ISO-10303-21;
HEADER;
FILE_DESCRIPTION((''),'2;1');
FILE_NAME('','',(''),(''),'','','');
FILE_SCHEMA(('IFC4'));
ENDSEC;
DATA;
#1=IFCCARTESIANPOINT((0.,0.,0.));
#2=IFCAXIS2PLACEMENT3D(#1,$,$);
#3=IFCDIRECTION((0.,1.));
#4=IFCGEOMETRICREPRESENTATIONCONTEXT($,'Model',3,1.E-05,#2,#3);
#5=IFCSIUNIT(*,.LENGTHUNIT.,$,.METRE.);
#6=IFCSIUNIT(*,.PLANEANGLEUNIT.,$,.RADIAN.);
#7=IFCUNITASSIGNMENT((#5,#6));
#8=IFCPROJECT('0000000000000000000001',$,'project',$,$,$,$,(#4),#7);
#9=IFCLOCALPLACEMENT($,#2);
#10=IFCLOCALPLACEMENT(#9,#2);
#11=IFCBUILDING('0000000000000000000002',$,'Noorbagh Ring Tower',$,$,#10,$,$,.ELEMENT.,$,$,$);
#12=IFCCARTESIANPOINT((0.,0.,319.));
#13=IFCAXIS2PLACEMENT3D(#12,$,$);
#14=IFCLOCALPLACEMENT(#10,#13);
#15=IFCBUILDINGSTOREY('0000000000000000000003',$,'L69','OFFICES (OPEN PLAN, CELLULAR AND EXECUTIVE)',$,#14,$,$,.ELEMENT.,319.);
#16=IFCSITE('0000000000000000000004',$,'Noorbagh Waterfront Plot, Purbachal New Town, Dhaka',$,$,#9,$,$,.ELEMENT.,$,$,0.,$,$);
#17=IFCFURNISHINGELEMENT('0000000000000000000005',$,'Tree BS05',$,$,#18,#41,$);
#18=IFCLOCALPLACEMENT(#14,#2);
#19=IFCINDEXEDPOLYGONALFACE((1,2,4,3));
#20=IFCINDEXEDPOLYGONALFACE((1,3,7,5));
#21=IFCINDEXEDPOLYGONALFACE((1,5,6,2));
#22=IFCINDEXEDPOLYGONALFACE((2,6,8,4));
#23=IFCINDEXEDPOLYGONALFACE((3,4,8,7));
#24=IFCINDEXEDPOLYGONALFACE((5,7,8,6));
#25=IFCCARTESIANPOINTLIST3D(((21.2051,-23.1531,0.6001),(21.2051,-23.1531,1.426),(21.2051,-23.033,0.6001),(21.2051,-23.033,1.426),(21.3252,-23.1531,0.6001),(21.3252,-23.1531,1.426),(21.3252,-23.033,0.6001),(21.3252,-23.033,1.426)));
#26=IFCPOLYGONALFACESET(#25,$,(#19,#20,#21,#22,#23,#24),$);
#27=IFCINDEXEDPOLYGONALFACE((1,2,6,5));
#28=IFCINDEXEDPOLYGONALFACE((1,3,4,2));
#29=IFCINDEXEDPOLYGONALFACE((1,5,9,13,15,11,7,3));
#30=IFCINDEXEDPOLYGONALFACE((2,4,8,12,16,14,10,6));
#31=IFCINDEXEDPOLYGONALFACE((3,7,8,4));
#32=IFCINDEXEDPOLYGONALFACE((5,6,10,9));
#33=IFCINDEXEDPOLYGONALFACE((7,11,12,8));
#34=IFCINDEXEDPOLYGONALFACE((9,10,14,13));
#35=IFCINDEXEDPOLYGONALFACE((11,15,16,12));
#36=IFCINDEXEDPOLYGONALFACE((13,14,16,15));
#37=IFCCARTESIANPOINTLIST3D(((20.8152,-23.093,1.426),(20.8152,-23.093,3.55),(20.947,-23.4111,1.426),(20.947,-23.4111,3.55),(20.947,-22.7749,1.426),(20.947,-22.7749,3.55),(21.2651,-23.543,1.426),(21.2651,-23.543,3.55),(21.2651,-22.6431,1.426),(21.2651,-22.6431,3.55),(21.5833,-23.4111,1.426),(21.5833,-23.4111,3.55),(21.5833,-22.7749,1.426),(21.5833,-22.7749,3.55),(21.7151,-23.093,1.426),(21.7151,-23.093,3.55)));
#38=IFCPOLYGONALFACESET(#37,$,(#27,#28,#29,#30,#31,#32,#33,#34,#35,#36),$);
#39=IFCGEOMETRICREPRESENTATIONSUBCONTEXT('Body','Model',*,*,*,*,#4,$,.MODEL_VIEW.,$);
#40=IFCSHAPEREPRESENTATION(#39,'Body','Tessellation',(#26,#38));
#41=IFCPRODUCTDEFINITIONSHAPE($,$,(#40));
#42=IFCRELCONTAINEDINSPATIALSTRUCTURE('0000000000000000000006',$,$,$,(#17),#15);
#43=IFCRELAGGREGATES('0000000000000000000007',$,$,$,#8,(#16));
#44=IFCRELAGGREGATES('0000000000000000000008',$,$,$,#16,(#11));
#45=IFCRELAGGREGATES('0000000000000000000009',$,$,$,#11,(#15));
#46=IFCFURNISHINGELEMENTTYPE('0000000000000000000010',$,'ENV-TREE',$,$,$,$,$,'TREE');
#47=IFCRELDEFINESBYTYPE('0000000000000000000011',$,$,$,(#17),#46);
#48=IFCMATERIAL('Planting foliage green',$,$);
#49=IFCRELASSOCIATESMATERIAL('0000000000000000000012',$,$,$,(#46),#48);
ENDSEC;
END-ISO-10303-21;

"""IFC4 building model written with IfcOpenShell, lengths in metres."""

from ifc_helpers import new_model, si_unit, direction, frame, origin, origin_2d, place, context, subcontext, project, spatial, polyline, rectangle, outline, extrude, material, type_object, element, save


model = new_model("IFC4")

# Units and contexts
model_context = context("Model", 3, precision=1e-05, world=origin(), true_north=direction((0.0, 1.0)))
body_context = subcontext(model_context, "Body", "Model", "MODEL_VIEW")
ifc_project = project(units=[si_unit("LENGTHUNIT", "METRE"), si_unit("PLANEANGLEUNIT", "RADIAN")], contexts=[model_context])

# Site, building, storey
site_placement = place(None, origin())
site = spatial("IfcSite", under=ifc_project, at=site_placement, Name="Noorbagh Waterfront Plot, Purbachal New Town, Dhaka", CompositionType="ELEMENT", RefElevation=0.0)
building_placement = place(site_placement, origin())
building = spatial("IfcBuilding", under=site, at=building_placement, Name="Noorbagh Ring Tower", CompositionType="ELEMENT")
storey_placement = place(building_placement, frame((0.0, 0.0, 319.0)))
storey = spatial("IfcBuildingStorey", under=building, at=storey_placement, Name="L69", Description="OFFICES (OPEN PLAN, CELLULAR AND EXECUTIVE)", CompositionType="ELEMENT", Elevation=319.0)

# Furnishing element
ifc_material_1 = material(Name="Planting foliage green")
furnishing_element_type = type_object("IfcFurnishingElementType", Name="ENV-TREE", ElementType="TREE", material=ifc_material_1)
furnishing_placement = place(storey_placement, frame((21.2651, -23.093, 0.6001), z_axis=(0.0, 0.0, 1.0), x_axis=(1.0, 0.0, 0.0)))
element("IfcFurnishingElement", 1, at=furnishing_placement, inside=storey, type_object=furnishing_element_type, Name="Tree BS05", context=body_context, shape_type="SweptSolid", body=[
    extrude(rectangle(XDim=0.1201, YDim=0.1201, at=origin_2d()), origin(), (0.0, 0.0, 1.0), 0.8259),
    extrude(outline(polyline([(0.45, 0.0), (0.3181, 0.3181), (0.0, 0.45), (-0.3181, 0.3181), (-0.45, 0.0), (-0.3181, -0.3181), (0.0, -0.45), (0.3181, -0.3181), (0.45, 0.0)])), frame((0.0, 0.0, 0.8259)), (0.0, 0.0, 1.0), 2.124),
])

save(model, "model.ifc")
